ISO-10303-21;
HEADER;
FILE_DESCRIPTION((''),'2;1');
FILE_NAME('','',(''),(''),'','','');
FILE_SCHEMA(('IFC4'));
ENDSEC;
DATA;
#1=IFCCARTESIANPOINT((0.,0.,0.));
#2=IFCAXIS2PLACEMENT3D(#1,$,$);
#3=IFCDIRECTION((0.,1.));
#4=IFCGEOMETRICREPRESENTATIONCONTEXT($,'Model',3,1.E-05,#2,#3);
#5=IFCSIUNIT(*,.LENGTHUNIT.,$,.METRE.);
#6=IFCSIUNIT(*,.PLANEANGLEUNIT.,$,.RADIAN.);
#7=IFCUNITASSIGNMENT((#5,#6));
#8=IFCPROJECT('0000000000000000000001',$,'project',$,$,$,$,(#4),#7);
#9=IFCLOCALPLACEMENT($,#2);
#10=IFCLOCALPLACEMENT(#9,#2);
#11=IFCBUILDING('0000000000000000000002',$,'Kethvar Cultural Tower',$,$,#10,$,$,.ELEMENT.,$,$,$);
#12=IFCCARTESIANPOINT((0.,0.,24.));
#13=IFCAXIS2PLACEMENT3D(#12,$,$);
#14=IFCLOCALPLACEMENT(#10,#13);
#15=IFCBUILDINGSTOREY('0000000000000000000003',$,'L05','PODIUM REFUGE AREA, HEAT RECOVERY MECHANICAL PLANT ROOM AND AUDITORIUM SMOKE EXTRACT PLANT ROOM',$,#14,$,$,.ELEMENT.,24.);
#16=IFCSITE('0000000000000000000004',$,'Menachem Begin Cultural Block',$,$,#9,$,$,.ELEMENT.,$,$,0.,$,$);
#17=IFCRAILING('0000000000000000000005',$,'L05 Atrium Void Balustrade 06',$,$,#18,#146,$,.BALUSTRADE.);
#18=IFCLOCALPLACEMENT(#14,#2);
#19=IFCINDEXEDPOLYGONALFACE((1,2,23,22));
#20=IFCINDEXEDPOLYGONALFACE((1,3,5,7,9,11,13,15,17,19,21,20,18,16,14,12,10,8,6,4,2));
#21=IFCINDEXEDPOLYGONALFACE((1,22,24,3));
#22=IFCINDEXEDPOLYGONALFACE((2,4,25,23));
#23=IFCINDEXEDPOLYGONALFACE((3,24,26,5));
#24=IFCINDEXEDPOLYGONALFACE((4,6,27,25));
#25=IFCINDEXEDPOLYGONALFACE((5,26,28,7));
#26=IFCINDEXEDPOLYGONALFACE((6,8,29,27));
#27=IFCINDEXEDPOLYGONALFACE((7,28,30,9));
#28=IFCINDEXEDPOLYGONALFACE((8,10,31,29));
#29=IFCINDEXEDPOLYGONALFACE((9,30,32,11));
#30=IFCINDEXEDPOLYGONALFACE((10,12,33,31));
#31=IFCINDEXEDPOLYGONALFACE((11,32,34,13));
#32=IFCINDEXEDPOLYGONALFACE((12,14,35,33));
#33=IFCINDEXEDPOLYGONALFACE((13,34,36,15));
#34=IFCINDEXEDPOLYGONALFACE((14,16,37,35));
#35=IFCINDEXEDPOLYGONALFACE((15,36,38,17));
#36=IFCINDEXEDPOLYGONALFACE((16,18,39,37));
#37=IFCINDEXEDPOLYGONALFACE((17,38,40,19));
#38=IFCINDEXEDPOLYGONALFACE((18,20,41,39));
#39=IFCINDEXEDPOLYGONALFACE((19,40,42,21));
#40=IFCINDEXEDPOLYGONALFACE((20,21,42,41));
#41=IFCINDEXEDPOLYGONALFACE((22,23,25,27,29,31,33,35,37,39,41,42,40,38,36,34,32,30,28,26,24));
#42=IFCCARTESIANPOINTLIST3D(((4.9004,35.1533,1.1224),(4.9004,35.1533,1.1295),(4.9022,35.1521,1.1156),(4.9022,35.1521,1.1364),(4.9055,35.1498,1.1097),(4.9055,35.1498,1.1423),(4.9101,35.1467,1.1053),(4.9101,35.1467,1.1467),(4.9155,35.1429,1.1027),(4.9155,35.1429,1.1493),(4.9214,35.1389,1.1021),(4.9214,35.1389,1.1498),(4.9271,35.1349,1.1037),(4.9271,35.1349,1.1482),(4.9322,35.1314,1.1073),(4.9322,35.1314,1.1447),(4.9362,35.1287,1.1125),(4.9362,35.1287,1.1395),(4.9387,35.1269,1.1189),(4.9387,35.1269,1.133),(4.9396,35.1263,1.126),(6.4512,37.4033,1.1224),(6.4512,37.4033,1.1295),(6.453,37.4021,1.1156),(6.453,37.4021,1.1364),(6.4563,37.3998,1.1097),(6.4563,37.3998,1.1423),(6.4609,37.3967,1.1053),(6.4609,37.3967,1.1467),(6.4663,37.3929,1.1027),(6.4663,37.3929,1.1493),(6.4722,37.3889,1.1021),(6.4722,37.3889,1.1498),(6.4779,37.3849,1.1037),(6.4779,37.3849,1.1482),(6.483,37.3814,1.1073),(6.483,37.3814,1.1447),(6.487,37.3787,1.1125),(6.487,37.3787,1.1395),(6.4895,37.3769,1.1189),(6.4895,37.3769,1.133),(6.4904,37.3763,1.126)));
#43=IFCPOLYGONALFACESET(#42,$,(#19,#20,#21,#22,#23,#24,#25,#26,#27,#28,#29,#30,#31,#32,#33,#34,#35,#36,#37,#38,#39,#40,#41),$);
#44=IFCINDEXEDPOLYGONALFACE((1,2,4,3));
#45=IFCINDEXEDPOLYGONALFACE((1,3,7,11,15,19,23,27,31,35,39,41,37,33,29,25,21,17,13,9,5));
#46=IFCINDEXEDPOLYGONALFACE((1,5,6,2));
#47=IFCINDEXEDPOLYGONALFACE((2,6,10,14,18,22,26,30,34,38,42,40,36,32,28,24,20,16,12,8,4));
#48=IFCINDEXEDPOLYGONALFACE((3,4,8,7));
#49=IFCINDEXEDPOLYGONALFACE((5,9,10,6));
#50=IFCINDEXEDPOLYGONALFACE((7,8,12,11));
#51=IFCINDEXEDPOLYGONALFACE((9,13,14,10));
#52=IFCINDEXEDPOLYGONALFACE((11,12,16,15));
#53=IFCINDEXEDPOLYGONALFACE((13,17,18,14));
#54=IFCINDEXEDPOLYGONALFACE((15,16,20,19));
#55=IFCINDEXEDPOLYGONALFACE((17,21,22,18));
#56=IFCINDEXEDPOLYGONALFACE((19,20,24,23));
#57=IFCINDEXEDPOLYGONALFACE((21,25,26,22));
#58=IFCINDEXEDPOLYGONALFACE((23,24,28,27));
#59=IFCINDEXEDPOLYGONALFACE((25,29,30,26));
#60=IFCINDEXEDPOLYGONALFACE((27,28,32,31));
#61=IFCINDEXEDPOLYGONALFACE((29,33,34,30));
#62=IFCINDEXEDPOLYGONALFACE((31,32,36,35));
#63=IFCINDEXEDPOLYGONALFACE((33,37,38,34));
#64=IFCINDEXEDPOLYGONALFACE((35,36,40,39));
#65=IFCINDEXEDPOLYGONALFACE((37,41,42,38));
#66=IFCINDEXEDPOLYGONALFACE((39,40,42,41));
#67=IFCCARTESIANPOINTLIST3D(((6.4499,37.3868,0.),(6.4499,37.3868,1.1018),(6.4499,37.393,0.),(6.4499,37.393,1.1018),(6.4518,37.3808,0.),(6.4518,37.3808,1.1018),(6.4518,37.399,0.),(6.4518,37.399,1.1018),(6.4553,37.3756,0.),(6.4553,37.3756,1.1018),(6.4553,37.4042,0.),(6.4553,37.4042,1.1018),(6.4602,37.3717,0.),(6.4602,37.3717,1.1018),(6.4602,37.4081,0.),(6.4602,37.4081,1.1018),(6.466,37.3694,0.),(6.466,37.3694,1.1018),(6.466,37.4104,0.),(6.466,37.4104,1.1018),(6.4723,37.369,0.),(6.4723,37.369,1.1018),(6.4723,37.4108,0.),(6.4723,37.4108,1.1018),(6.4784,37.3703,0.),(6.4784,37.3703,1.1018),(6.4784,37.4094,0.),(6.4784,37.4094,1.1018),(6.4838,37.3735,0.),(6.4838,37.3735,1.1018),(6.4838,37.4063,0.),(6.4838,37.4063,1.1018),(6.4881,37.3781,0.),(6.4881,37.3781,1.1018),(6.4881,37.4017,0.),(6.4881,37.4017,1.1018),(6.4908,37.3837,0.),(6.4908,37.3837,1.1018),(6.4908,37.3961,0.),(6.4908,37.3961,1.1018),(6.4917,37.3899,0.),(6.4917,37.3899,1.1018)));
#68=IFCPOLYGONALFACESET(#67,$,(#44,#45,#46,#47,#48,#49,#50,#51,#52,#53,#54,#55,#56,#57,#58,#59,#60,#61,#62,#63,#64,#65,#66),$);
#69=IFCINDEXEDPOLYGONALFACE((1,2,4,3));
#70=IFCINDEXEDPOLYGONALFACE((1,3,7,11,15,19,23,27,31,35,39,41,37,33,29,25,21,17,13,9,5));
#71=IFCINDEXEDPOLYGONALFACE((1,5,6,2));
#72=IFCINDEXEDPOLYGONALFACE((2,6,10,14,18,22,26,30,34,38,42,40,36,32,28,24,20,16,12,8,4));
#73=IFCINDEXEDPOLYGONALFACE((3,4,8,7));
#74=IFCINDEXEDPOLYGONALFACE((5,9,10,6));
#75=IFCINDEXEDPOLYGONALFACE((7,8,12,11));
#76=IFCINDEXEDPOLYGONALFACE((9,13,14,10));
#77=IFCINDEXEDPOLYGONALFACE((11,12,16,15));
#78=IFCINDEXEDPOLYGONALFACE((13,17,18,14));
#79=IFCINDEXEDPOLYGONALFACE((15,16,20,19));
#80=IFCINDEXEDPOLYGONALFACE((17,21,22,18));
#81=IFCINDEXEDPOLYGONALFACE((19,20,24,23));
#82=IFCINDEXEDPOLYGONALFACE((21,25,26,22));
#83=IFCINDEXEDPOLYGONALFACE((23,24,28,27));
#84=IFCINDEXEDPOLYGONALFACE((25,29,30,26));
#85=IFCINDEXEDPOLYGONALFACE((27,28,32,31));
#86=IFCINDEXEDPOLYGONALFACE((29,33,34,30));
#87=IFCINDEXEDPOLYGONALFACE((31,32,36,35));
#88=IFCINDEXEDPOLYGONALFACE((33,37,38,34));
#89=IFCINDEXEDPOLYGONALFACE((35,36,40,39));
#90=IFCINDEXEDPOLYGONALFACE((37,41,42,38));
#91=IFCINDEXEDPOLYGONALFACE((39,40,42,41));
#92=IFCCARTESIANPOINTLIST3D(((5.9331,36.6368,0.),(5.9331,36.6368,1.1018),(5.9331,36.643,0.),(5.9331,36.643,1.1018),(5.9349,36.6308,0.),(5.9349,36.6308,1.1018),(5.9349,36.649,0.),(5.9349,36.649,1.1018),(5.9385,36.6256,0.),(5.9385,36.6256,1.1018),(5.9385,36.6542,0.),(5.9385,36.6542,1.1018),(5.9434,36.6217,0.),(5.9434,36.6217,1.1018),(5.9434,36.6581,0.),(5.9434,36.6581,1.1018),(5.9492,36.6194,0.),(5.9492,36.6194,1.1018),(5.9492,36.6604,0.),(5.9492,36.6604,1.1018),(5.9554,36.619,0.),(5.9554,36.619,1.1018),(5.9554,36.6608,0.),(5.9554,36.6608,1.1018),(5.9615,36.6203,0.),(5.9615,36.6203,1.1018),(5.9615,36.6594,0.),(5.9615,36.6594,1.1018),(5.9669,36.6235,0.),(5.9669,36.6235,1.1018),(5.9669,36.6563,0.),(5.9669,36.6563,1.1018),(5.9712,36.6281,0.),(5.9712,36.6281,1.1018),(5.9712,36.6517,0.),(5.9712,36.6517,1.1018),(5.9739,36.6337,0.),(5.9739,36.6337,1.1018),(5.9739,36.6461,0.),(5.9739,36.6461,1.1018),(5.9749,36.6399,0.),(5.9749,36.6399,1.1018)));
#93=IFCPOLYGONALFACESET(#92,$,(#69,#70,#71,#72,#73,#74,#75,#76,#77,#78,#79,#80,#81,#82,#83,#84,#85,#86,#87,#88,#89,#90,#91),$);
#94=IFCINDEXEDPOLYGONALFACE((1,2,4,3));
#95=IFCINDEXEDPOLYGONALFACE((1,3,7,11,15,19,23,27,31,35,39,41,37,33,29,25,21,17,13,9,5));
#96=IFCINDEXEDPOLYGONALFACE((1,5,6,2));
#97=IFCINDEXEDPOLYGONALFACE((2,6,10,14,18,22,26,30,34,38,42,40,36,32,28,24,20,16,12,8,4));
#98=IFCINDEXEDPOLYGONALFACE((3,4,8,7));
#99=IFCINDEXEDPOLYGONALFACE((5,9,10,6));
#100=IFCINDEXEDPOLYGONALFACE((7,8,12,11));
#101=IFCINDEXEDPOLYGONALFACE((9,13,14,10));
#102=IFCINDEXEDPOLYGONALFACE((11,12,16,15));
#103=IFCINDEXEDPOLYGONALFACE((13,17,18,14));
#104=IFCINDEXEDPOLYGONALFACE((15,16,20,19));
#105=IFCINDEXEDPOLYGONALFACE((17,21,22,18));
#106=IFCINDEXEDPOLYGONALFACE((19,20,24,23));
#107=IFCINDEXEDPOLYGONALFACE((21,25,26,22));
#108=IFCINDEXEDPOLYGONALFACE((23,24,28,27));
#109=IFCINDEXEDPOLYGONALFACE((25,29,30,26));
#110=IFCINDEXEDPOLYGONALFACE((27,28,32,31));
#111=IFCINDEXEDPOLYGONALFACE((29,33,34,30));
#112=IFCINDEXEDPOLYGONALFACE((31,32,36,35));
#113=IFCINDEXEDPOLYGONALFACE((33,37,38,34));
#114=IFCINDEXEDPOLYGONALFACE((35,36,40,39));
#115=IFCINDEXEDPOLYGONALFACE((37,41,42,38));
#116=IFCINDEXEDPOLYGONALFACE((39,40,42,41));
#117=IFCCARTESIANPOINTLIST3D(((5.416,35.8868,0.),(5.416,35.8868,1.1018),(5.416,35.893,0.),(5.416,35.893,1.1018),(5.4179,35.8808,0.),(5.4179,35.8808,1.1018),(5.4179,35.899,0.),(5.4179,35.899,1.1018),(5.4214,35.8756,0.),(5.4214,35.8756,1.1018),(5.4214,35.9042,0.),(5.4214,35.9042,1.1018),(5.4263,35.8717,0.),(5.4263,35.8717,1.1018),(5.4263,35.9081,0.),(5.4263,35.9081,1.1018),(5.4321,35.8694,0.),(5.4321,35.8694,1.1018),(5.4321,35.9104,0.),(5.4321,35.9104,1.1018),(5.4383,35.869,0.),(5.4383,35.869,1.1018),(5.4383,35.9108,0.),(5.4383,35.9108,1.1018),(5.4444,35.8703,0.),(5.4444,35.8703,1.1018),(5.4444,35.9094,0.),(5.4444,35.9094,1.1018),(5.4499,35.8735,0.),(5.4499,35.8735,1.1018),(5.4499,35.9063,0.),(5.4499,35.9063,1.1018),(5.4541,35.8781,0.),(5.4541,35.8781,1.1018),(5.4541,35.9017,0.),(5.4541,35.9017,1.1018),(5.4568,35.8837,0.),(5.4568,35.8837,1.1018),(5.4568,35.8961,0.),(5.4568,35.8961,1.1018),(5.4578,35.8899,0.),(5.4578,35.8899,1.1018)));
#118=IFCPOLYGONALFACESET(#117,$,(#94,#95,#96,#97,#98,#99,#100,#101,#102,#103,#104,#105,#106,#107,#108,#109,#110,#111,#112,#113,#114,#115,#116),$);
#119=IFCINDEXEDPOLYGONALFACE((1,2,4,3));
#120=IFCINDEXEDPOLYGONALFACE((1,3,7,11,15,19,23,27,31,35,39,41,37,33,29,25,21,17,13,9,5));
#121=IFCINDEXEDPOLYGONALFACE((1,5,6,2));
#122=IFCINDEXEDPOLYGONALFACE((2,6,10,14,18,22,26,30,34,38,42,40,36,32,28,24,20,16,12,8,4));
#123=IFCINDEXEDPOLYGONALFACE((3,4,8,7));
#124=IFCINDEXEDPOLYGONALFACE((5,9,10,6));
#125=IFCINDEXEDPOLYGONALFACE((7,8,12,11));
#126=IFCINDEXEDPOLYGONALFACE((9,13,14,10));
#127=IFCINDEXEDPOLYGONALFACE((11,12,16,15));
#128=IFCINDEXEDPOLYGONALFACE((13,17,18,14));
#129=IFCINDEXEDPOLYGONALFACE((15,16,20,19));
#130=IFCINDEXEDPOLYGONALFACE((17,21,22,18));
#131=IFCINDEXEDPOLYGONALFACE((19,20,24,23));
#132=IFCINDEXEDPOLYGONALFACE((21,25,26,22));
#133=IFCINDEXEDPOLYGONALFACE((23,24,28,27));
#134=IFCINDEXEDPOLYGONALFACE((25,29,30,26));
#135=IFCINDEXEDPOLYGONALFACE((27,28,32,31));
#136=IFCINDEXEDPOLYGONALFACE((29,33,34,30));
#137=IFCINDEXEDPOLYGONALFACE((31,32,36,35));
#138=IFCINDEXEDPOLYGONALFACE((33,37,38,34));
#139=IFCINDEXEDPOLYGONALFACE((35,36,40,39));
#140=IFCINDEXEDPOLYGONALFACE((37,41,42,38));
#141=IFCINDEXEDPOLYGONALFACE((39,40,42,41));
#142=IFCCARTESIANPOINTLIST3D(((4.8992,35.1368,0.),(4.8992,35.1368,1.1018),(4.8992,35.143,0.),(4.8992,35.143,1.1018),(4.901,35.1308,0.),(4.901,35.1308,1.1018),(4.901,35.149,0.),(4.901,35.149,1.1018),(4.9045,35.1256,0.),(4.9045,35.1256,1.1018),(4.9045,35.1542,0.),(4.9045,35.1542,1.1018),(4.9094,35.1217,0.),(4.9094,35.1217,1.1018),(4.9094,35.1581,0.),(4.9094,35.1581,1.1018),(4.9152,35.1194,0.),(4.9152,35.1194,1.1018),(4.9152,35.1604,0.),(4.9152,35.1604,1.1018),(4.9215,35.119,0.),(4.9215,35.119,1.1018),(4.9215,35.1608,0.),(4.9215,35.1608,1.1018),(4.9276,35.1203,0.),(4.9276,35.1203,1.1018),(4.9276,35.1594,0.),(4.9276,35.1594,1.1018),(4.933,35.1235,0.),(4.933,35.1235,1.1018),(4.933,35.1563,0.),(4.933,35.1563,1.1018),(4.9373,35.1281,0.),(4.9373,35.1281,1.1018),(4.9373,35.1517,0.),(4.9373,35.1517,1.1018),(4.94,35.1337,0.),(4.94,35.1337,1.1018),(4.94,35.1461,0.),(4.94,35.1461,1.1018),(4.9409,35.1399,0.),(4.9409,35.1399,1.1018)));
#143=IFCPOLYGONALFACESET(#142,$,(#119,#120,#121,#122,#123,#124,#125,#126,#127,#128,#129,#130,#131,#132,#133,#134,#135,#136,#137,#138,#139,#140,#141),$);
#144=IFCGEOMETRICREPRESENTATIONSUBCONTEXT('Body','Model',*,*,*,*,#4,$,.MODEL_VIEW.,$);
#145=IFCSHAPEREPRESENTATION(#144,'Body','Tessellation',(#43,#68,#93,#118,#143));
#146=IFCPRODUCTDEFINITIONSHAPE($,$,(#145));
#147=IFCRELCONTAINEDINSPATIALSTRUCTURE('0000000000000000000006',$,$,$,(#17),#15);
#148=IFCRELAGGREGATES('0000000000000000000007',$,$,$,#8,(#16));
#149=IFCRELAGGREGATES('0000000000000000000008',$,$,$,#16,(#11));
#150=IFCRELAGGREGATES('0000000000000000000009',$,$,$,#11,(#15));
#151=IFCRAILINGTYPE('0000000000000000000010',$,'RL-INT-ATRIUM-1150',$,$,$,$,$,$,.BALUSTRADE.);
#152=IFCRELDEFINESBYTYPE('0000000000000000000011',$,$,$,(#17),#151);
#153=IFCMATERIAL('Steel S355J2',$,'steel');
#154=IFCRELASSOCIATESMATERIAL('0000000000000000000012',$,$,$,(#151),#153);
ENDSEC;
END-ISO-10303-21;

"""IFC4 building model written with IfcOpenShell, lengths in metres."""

from ifc_helpers import new_model, si_unit, direction, frame, origin, origin_2d, place, context, subcontext, project, spatial, circle, extrude, material, type_object, element, save


model = new_model("IFC4")

# Units and contexts
model_context = context("Model", 3, precision=1e-05, world=origin(), true_north=direction((0.0, 1.0)))
body_context = subcontext(model_context, "Body", "Model", "MODEL_VIEW")
ifc_project = project(units=[si_unit("LENGTHUNIT", "METRE"), si_unit("PLANEANGLEUNIT", "RADIAN")], contexts=[model_context])

# Site, building, storey
site_placement = place(None, origin())
site = spatial("IfcSite", under=ifc_project, at=site_placement, Name="Menachem Begin Cultural Block", CompositionType="ELEMENT", RefElevation=0.0)
building_placement = place(site_placement, origin())
building = spatial("IfcBuilding", under=site, at=building_placement, Name="Kethvar Cultural Tower", CompositionType="ELEMENT")
storey_placement = place(building_placement, frame((0.0, 0.0, 24.0)))
storey = spatial("IfcBuildingStorey", under=building, at=storey_placement, Name="L05", Description="PODIUM REFUGE AREA, HEAT RECOVERY MECHANICAL PLANT ROOM AND AUDITORIUM SMOKE EXTRACT PLANT ROOM", CompositionType="ELEMENT", Elevation=24.0)

# Shared definitions
ifc_material_1 = material(Name="Steel S355J2", Category="steel")

# Railing
railing_type = type_object("IfcRailingType", Name="RL-INT-ATRIUM-1150", PredefinedType="BALUSTRADE", material=ifc_material_1)
railing_1_placement = place(storey_placement, frame((6.4707, 37.3899, 0.0)))
element("IfcRailing", 1, at=railing_1_placement, inside=storey, type_object=railing_type, Name="L05 Atrium Void Balustrade 06", PredefinedType="BALUSTRADE", context=body_context, shape_type="SweptSolid", body=[
    extrude(circle(Radius=0.0239, at=origin_2d()), frame((0.0, 0.0, 1.126), z_axis=(-0.567499, -0.823374, 0.0), x_axis=(0.823374, -0.567499, 0.0)), (0.0, 0.0, 1.0), 2.7327),
    extrude(circle(Radius=0.021, at=origin_2d()), origin(), (0.0, 0.0, 1.0), 1.1018),
    extrude(circle(Radius=0.021, at=origin_2d()), frame((-0.5168, -0.75, 0.0)), (0.0, 0.0, 1.0), 1.1018),
    extrude(circle(Radius=0.021, at=origin_2d()), frame((-1.0339, -1.5, 0.0)), (0.0, 0.0, 1.0), 1.1018),
    extrude(circle(Radius=0.021, at=origin_2d()), frame((-1.5508, -2.25, 0.0)), (0.0, 0.0, 1.0), 1.1018),
])

save(model, "model.ifc")
